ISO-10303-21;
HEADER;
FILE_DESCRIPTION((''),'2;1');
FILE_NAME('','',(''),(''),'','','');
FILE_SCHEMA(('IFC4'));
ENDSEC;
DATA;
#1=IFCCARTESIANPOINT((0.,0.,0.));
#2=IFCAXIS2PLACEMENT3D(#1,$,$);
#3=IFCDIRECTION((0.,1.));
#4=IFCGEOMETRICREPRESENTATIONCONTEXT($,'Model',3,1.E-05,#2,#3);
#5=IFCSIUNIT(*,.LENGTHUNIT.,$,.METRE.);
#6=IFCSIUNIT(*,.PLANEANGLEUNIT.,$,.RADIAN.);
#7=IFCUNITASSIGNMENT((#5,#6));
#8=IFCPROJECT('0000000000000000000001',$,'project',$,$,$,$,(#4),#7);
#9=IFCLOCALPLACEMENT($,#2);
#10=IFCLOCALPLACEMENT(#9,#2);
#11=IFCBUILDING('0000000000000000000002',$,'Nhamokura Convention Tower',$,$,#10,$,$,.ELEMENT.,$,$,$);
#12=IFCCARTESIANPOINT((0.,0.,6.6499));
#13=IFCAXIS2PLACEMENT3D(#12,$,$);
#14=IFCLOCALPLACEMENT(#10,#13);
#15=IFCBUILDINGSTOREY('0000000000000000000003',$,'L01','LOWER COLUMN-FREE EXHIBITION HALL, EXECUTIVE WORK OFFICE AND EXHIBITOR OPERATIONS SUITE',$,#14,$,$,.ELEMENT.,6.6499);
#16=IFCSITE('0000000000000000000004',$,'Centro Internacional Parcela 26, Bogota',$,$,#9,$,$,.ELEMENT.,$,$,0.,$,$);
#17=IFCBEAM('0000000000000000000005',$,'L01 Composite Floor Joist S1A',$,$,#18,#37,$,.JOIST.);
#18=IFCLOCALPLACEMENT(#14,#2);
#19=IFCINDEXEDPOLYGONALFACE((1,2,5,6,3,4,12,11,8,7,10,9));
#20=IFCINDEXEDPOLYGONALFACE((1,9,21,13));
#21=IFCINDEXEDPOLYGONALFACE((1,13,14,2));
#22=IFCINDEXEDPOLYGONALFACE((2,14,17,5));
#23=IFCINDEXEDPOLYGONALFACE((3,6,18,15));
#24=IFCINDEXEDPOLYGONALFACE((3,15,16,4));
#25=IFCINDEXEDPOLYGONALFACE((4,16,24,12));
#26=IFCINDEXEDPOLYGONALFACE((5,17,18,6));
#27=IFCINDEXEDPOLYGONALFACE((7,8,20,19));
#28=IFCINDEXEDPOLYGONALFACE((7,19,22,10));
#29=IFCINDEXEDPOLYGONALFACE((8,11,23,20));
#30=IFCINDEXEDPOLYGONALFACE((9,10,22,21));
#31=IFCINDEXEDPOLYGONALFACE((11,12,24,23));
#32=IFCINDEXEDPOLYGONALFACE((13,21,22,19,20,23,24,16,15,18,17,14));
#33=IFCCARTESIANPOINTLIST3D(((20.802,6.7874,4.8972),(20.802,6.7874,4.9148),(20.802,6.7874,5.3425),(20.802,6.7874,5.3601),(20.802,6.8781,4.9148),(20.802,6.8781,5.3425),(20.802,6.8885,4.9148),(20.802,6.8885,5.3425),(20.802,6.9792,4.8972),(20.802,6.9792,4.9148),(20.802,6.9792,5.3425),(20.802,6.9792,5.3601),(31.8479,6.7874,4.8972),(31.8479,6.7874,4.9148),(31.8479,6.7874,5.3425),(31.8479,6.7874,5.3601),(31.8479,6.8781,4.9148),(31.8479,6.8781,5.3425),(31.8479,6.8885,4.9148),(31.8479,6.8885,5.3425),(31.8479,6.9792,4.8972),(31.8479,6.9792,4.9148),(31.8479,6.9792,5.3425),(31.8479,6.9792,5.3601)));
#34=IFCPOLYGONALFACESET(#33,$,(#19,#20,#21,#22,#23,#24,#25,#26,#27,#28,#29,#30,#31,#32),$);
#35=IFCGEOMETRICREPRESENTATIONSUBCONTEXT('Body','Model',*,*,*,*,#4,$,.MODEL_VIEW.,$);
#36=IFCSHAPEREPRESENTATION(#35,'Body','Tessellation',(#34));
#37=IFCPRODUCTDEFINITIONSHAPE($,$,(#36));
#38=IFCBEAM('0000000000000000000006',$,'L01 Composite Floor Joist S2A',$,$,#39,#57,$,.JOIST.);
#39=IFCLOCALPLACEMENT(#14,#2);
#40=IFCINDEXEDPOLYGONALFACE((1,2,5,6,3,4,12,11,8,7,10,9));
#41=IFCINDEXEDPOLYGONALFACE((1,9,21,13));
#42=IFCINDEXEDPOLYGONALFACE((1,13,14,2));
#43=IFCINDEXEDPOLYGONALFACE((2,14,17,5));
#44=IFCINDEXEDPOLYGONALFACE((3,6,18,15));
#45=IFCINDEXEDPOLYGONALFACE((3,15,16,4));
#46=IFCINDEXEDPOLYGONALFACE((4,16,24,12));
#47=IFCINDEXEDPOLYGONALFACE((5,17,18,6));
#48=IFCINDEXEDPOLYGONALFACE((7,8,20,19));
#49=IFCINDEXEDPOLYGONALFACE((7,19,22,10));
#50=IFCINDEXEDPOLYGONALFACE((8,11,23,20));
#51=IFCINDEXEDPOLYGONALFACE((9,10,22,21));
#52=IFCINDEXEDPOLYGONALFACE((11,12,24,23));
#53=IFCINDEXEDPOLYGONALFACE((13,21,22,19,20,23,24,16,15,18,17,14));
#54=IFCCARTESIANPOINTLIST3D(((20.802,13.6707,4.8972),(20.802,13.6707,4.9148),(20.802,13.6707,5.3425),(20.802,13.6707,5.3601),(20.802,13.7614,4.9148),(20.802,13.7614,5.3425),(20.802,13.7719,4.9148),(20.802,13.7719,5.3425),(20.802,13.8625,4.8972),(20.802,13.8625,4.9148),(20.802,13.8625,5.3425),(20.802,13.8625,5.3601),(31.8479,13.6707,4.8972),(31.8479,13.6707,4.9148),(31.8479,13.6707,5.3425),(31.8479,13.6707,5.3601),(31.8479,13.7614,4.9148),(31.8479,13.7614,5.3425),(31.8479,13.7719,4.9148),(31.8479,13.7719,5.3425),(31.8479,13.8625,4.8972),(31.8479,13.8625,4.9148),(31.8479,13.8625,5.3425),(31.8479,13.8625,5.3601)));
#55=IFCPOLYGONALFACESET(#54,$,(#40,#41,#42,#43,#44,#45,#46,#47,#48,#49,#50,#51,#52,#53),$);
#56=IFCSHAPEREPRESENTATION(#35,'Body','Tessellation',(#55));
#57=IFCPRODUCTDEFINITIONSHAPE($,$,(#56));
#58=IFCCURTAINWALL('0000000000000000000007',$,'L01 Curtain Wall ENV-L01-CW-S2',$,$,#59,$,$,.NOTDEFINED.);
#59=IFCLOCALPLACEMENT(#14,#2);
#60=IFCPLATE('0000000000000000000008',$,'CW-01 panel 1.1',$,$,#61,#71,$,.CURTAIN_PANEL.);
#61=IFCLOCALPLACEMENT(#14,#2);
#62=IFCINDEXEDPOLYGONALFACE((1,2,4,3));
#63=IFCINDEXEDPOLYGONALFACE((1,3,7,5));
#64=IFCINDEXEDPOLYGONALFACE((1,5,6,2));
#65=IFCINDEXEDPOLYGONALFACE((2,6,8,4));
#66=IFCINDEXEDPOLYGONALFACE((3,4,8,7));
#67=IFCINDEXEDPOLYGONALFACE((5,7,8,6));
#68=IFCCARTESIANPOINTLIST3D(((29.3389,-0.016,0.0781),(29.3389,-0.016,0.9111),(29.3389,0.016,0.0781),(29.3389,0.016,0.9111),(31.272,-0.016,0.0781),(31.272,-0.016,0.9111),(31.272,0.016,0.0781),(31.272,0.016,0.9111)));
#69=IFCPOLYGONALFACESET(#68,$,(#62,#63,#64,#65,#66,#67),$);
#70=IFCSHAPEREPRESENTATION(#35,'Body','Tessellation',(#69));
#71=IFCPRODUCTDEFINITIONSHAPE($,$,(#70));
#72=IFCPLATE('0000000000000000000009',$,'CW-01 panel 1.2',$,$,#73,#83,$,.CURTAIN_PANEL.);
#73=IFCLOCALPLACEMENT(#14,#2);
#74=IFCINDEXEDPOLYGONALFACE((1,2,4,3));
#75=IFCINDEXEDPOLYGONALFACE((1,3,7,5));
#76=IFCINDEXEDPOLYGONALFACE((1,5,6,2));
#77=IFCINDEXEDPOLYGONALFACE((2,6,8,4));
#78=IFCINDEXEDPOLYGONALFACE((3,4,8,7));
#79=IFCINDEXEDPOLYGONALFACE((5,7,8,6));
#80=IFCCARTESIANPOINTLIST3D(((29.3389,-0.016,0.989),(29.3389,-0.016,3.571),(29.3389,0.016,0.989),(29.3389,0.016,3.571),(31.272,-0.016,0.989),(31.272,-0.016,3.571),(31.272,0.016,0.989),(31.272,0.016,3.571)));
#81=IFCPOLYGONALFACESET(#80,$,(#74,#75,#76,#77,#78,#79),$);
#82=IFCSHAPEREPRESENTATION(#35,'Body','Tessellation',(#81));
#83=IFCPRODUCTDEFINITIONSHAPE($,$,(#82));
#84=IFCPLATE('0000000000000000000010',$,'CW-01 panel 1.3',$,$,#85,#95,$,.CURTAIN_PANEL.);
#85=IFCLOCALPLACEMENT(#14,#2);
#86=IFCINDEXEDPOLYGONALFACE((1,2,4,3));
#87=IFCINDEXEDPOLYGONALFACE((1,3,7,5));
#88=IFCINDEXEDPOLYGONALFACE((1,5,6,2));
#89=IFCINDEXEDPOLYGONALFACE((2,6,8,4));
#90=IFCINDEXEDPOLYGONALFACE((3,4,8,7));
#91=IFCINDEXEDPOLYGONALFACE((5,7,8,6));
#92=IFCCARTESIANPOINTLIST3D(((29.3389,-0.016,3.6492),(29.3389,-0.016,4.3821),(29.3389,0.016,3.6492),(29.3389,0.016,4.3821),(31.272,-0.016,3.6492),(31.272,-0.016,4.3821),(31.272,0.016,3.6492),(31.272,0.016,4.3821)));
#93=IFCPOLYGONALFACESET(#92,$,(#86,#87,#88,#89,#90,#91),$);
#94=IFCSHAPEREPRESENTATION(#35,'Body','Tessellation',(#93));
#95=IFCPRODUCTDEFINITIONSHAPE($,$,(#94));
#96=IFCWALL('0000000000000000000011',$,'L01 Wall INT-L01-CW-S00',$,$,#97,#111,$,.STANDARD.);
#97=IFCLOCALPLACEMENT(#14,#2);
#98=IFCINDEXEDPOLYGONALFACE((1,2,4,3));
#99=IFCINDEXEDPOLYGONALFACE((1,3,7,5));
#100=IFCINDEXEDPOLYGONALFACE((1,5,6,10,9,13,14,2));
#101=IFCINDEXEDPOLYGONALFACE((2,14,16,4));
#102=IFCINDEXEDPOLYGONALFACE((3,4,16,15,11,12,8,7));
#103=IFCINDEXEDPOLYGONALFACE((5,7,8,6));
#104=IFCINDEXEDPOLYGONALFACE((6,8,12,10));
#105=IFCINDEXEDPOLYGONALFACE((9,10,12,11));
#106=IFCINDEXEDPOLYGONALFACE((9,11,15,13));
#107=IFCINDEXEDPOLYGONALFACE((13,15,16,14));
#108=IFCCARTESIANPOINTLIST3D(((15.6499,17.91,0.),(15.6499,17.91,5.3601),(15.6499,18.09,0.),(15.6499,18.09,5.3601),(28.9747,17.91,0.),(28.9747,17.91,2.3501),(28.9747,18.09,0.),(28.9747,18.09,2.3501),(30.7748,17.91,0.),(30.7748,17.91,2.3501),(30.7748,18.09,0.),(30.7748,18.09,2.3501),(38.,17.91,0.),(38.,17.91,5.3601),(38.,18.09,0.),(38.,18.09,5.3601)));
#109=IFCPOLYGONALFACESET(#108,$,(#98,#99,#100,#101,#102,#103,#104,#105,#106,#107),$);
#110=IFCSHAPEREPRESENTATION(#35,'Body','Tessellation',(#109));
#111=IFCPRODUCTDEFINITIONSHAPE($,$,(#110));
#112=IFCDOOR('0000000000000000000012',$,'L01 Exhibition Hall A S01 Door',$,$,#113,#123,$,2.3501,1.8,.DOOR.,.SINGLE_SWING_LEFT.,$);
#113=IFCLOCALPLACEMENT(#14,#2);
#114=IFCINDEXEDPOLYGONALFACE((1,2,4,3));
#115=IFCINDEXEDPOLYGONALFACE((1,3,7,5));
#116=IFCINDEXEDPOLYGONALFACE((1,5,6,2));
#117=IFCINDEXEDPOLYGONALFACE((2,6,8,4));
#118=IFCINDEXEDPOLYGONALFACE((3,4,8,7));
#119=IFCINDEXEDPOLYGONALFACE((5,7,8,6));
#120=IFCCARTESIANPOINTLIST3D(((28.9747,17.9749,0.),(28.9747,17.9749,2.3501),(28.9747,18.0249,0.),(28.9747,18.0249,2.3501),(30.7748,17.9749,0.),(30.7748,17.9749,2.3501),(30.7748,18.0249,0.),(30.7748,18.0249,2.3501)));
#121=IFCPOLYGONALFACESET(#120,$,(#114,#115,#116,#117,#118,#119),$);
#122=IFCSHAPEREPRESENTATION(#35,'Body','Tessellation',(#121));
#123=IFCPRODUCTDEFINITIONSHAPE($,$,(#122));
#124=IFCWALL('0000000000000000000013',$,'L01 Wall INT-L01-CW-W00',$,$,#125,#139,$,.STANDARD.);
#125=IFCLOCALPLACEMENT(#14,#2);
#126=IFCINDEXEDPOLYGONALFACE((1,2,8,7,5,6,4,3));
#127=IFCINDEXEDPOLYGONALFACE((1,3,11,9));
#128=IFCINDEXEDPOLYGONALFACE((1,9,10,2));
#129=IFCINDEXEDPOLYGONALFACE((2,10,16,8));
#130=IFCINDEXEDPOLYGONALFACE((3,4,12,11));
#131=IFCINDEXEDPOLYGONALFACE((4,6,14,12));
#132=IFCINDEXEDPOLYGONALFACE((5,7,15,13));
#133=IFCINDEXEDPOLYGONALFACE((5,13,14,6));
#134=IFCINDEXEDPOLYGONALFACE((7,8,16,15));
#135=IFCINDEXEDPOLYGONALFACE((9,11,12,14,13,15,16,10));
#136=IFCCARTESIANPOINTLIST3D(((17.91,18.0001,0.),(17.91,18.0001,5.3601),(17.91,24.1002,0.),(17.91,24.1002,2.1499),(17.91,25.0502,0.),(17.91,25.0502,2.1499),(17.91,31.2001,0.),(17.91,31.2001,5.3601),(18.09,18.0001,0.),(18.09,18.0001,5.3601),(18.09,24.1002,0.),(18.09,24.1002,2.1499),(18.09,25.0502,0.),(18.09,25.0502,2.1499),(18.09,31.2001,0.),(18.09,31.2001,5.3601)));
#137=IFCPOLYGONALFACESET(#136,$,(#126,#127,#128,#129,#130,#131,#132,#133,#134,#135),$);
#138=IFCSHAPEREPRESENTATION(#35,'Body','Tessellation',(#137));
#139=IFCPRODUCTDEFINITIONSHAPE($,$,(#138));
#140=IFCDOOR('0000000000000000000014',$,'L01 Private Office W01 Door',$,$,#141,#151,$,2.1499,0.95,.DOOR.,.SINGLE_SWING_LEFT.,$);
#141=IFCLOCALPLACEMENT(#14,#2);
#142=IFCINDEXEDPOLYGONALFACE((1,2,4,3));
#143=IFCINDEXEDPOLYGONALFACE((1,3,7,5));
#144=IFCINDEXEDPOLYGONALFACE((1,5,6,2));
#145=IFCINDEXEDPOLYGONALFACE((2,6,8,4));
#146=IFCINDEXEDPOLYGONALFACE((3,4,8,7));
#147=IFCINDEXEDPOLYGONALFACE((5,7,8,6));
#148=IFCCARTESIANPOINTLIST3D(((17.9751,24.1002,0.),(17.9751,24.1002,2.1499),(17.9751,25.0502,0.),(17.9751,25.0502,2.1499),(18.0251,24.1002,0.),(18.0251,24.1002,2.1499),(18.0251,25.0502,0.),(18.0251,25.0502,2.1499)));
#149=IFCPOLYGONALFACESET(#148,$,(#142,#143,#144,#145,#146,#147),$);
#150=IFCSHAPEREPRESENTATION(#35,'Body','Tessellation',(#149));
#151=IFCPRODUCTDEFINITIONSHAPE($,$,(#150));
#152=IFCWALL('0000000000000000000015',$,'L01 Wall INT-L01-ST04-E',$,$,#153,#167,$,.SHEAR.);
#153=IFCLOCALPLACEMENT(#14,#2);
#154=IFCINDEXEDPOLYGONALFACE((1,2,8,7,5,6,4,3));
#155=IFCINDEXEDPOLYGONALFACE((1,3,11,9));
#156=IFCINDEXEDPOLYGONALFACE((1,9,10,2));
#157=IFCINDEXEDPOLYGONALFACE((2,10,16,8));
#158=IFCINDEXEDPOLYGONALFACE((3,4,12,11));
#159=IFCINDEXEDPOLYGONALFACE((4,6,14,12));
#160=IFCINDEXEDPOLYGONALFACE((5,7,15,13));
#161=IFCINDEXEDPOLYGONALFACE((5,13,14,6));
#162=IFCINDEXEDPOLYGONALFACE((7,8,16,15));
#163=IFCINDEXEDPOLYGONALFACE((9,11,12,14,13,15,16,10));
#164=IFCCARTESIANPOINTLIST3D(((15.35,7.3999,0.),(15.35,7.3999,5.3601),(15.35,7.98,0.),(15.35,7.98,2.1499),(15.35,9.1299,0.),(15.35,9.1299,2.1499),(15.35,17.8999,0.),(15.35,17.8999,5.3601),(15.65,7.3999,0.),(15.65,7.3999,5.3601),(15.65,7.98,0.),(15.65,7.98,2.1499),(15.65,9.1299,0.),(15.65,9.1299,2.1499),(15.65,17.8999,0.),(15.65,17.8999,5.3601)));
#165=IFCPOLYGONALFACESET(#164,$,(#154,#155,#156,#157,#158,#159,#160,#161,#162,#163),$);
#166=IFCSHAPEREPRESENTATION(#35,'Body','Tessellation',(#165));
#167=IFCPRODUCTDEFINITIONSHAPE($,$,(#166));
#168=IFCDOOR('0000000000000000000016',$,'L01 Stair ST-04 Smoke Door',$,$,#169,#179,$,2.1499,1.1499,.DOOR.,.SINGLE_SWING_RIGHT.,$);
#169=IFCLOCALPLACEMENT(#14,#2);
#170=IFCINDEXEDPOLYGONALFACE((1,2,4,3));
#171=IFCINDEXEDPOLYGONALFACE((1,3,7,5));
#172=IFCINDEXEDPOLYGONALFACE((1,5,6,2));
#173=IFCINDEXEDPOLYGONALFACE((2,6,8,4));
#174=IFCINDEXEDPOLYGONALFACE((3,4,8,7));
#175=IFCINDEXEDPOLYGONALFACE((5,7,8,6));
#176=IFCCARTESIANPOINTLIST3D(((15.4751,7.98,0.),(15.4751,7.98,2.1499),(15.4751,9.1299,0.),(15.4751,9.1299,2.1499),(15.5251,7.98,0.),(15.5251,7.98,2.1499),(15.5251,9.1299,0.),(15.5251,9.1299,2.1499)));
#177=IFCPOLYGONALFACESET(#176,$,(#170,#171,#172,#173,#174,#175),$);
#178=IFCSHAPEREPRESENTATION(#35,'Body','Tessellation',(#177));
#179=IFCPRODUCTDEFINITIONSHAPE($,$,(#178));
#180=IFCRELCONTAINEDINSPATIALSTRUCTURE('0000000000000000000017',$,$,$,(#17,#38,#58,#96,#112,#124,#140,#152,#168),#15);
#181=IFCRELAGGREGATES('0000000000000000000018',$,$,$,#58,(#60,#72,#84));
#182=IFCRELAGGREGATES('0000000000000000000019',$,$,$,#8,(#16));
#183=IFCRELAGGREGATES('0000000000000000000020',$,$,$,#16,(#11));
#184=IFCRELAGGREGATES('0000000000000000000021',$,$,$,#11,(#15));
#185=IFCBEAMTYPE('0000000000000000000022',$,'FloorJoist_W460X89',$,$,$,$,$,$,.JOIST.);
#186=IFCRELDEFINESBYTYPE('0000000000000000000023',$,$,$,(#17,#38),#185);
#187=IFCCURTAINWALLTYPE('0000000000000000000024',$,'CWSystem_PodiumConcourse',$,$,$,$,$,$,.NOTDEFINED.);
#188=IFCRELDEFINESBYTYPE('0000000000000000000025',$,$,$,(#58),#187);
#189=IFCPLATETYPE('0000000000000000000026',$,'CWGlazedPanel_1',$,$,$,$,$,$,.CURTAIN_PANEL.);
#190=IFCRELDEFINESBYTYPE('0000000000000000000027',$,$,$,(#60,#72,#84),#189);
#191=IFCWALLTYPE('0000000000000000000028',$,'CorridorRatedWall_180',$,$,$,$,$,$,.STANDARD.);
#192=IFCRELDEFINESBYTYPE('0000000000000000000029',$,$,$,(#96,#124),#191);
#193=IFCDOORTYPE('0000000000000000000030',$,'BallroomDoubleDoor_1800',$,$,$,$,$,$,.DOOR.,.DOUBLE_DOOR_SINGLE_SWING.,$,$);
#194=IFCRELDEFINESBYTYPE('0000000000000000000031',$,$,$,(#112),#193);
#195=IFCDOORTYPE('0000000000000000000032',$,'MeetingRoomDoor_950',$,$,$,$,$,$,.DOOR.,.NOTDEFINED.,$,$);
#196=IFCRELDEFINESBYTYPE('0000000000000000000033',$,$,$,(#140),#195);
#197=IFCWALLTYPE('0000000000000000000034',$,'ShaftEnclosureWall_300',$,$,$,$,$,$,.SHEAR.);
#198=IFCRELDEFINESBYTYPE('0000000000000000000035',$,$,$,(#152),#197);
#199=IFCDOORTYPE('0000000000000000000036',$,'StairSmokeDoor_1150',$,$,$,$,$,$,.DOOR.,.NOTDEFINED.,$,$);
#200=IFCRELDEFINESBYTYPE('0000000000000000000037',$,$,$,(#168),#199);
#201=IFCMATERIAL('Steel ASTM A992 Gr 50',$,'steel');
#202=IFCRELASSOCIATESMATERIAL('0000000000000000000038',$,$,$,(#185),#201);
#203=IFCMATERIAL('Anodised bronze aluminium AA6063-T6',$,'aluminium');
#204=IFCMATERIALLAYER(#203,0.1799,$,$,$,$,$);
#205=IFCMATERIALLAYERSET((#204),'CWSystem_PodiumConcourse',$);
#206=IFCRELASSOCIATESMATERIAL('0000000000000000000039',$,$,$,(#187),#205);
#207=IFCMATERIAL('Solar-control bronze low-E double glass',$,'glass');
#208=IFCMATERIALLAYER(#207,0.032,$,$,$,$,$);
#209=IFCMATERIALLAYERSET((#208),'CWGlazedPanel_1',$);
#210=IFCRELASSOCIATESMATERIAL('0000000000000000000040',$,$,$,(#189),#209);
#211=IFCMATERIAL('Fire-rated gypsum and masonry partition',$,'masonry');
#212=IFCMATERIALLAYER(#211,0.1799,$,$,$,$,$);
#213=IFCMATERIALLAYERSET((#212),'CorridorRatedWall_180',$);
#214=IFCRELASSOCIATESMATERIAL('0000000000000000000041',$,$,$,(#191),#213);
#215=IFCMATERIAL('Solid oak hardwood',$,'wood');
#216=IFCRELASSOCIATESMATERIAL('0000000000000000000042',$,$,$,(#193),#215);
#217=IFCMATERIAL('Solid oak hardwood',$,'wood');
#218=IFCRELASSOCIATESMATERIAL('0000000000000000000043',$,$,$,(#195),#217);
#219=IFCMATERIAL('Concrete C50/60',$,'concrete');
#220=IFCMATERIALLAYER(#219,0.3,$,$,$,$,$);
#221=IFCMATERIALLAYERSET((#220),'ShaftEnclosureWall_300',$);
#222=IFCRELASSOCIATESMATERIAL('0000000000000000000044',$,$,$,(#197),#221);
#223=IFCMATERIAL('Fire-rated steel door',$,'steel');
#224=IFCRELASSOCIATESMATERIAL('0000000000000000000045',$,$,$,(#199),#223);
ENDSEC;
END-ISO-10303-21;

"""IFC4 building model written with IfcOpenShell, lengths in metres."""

from ifc_helpers import new_model, si_unit, direction, frame, frame_2d, origin, origin_2d, place, context, subcontext, project, spatial, rectangle, i_section, extrude, material, layer, layer_set, material_profile, profile_set, type_object, element, fill, aggregate, save


model = new_model("IFC4")

# Units and contexts
model_context = context("Model", 3, precision=1e-05, world=origin(), true_north=direction((0.0, 1.0)))
body_context = subcontext(model_context, "Body", "Model", "MODEL_VIEW")
ifc_project = project(units=[si_unit("LENGTHUNIT", "METRE"), si_unit("PLANEANGLEUNIT", "RADIAN")], contexts=[model_context])

# Site, building, storey
site_placement = place(None, origin())
site = spatial("IfcSite", under=ifc_project, at=site_placement, Name="Centro Internacional Parcela 26, Bogota", CompositionType="ELEMENT", RefElevation=0.0)
building_placement = place(site_placement, origin())
building = spatial("IfcBuilding", under=site, at=building_placement, Name="Nhamokura Convention Tower", CompositionType="ELEMENT")
storey_placement = place(building_placement, frame((0.0, 0.0, 6.6499)))
storey = spatial("IfcBuildingStorey", under=building, at=storey_placement, Name="L01", Description="LOWER COLUMN-FREE EXHIBITION HALL, EXECUTIVE WORK OFFICE AND EXHIBITOR OPERATIONS SUITE", CompositionType="ELEMENT", Elevation=6.6499)

# Beams
ifc_material_1 = material(Name="Steel ASTM A992 Gr 50", Category="steel")
ifc_material_profile = material_profile(ifc_material_1, i_section(OverallWidth=0.1919, OverallDepth=0.4629, WebThickness=0.0105, FlangeThickness=0.0176, at=origin_2d()))
ifc_profile_set = profile_set([ifc_material_profile], Name="Steel ASTM A992 Gr 50")
beam_type = type_object("IfcBeamType", Name="FloorJoist_W460X89", PredefinedType="JOIST", material=ifc_profile_set)
for number, where, z_axis, x_axis, name in (
    (1, (20.802, 6.8833, 5.1287), (1.0, 0.0, 0.0), (0.0, 1.0, 0.0), "L01 Composite Floor Joist S1A"),
    (2, (20.802, 13.7666, 5.1287), (1.0, 0.0, 0.0), (0.0, 1.0, 0.0), "L01 Composite Floor Joist S2A"),
):
    element("IfcBeam", number, at=place(storey_placement, frame(where, z_axis=z_axis, x_axis=x_axis)), inside=storey, type_object=beam_type, Name=name, PredefinedType="JOIST", context=body_context, shape_type="SweptSolid", body=[
        extrude(i_section(OverallWidth=0.1919, OverallDepth=0.4629, WebThickness=0.0105, FlangeThickness=0.0176, at=origin_2d()), origin(), (0.0, 0.0, 1.0), 11.0459),
    ])

# Curtain wall, plates
ifc_material_2 = material(Name="Anodised bronze aluminium AA6063-T6", Category="aluminium")
ifc_layer_1 = layer(ifc_material_2, 0.1799)
ifc_layer_set_1 = layer_set([ifc_layer_1], Name="CWSystem_PodiumConcourse")
curtain_wall_type = type_object("IfcCurtainWallType", Name="CWSystem_PodiumConcourse", PredefinedType="NOTDEFINED", material=ifc_layer_set_1)
curtain_wall_placement = place(storey_placement, origin())
curtain_wall = element("IfcCurtainWall", 3, at=curtain_wall_placement, inside=storey, type_object=curtain_wall_type, Name="L01 Curtain Wall ENV-L01-CW-S2", PredefinedType="NOTDEFINED")
ifc_material_3 = material(Name="Solar-control bronze low-E double glass", Category="glass")
ifc_layer_2 = layer(ifc_material_3, 0.032)
ifc_layer_set_2 = layer_set([ifc_layer_2], Name="CWGlazedPanel_1")
plate_type = type_object("IfcPlateType", Name="CWGlazedPanel_1", PredefinedType="CURTAIN_PANEL", material=ifc_layer_set_2)
plate_1_placement = place(storey_placement, frame((30.3054, 0.0, 0.0781), z_axis=(0.0, 0.0, 1.0), x_axis=(-1.0, 0.0, 0.0)))
plate_1 = element("IfcPlate", 4, at=plate_1_placement, type_object=plate_type, Name="CW-01 panel 1.1", PredefinedType="CURTAIN_PANEL", context=body_context, shape_type="SweptSolid", body=[
    extrude(rectangle(XDim=1.9331, YDim=0.032, at=origin_2d()), origin(), (0.0, 0.0, 1.0), 0.833),
])
plate_2_placement = place(storey_placement, frame((30.3054, 0.0, 0.989), z_axis=(0.0, 0.0, 1.0), x_axis=(-1.0, 0.0, 0.0)))
plate_2 = element("IfcPlate", 5, at=plate_2_placement, type_object=plate_type, Name="CW-01 panel 1.2", PredefinedType="CURTAIN_PANEL", context=body_context, shape_type="SweptSolid", body=[
    extrude(rectangle(XDim=1.9331, YDim=0.032, at=origin_2d()), origin(), (0.0, 0.0, 1.0), 2.582),
])
plate_3_placement = place(storey_placement, frame((30.3054, 0.0, 3.6492), z_axis=(0.0, 0.0, 1.0), x_axis=(-1.0, 0.0, 0.0)))
plate_3 = element("IfcPlate", 6, at=plate_3_placement, type_object=plate_type, Name="CW-01 panel 1.3", PredefinedType="CURTAIN_PANEL", context=body_context, shape_type="SweptSolid", body=[
    extrude(rectangle(XDim=1.9331, YDim=0.032, at=origin_2d()), origin(), (0.0, 0.0, 1.0), 0.7329),
])
aggregate(curtain_wall, [plate_1, plate_2, plate_3])

# Walls, openings, doors
ifc_material_4 = material(Name="Fire-rated gypsum and masonry partition", Category="masonry")
ifc_layer_3 = layer(ifc_material_4, 0.1799)
ifc_layer_set_3 = layer_set([ifc_layer_3], Name="CorridorRatedWall_180")
wall_type_1 = type_object("IfcWallType", Name="CorridorRatedWall_180", PredefinedType="STANDARD", material=ifc_layer_set_3)
wall_1_placement = place(storey_placement, frame((15.6499, 18.0, 0.0), z_axis=(0.0, 0.0, 1.0), x_axis=(1.0, 0.0, 0.0)))
wall_1 = element("IfcWall", 7, at=wall_1_placement, inside=storey, type_object=wall_type_1, Name="L01 Wall INT-L01-CW-S00", PredefinedType="STANDARD", context=body_context, shape_type="SweptSolid", body=[
    extrude(rectangle(XDim=22.3501, YDim=0.1799, at=frame_2d((11.175, 0.0))), origin(), (0.0, 0.0, 1.0), 5.3601),
])
opening_1_placement = place(wall_1_placement, frame((13.325, 0.0, 0.0)))
opening_1 = element("IfcOpeningElement", 8, at=opening_1_placement, cuts=wall_1, PredefinedType="OPENING", context=body_context, shape_type="SweptSolid", body=[
    extrude(rectangle(XDim=1.8, YDim=2.3501, at=frame_2d((0.8999, 1.175))), frame((0.0, 0.0999, 0.0), z_axis=(0.0, -1.0, 0.0), x_axis=(1.0, 0.0, 0.0)), (0.0, 0.0, 1.0), 0.2),
])
ifc_material_5 = material(Name="Solid oak hardwood", Category="wood")
door_type_1 = type_object("IfcDoorType", Name="BallroomDoubleDoor_1800", OperationType="DOUBLE_DOOR_SINGLE_SWING", PredefinedType="DOOR", material=ifc_material_5)
door_1_placement = place(opening_1_placement, origin())
door_1 = element("IfcDoor", 9, at=door_1_placement, inside=storey, type_object=door_type_1, Name="L01 Exhibition Hall A S01 Door", OperationType="SINGLE_SWING_LEFT", OverallHeight=2.3501, OverallWidth=1.8, PredefinedType="DOOR", context=body_context, shape_type="SweptSolid", body=[
    extrude(rectangle(XDim=1.8, YDim=2.3501, at=frame_2d((0.8999, 1.175))), frame((0.0, 0.0249, 0.0), z_axis=(0.0, -1.0, 0.0), x_axis=(1.0, 0.0, 0.0)), (0.0, 0.0, 1.0), 0.05),
])
fill(opening_1, door_1)
wall_2_placement = place(storey_placement, frame((18.0, 18.0, 0.0), z_axis=(0.0, 0.0, 1.0), x_axis=(0.0, 1.0, 0.0)))
wall_2 = element("IfcWall", 10, at=wall_2_placement, inside=storey, type_object=wall_type_1, Name="L01 Wall INT-L01-CW-W00", PredefinedType="STANDARD", context=body_context, shape_type="SweptSolid", body=[
    extrude(rectangle(XDim=13.2, YDim=0.1799, at=frame_2d((6.6001, 0.0))), origin(), (0.0, 0.0, 1.0), 5.3601),
])
opening_2_placement = place(wall_2_placement, frame((6.1001, 0.0, 0.0)))
opening_2 = element("IfcOpeningElement", 11, at=opening_2_placement, cuts=wall_2, PredefinedType="OPENING", context=body_context, shape_type="SweptSolid", body=[
    extrude(rectangle(XDim=0.95, YDim=2.1499, at=frame_2d((0.4751, 1.075))), frame((0.0, 0.0999, 0.0), z_axis=(0.0, -1.0, 0.0), x_axis=(1.0, 0.0, 0.0)), (0.0, 0.0, 1.0), 0.2),
])
ifc_material_6 = material(Name="Solid oak hardwood", Category="wood")
door_type_2 = type_object("IfcDoorType", Name="MeetingRoomDoor_950", OperationType="NOTDEFINED", PredefinedType="DOOR", material=ifc_material_6)
door_2_placement = place(opening_2_placement, origin())
door_2 = element("IfcDoor", 12, at=door_2_placement, inside=storey, type_object=door_type_2, Name="L01 Private Office W01 Door", OperationType="SINGLE_SWING_LEFT", OverallHeight=2.1499, OverallWidth=0.95, PredefinedType="DOOR", context=body_context, shape_type="SweptSolid", body=[
    extrude(rectangle(XDim=0.95, YDim=2.1499, at=frame_2d((0.4751, 1.075))), frame((0.0, 0.0249, 0.0), z_axis=(0.0, -1.0, 0.0), x_axis=(1.0, 0.0, 0.0)), (0.0, 0.0, 1.0), 0.05),
])
fill(opening_2, door_2)
ifc_material_7 = material(Name="Concrete C50/60", Category="concrete")
ifc_layer_4 = layer(ifc_material_7, 0.3)
ifc_layer_set_4 = layer_set([ifc_layer_4], Name="ShaftEnclosureWall_300")
wall_type_2 = type_object("IfcWallType", Name="ShaftEnclosureWall_300", PredefinedType="SHEAR", material=ifc_layer_set_4)
wall_3_placement = place(storey_placement, frame((15.5, 7.3999, 0.0), z_axis=(0.0, 0.0, 1.0), x_axis=(0.0, 1.0, 0.0)))
wall_3 = element("IfcWall", 13, at=wall_3_placement, inside=storey, type_object=wall_type_2, Name="L01 Wall INT-L01-ST04-E", PredefinedType="SHEAR", context=body_context, shape_type="SweptSolid", body=[
    extrude(rectangle(XDim=10.5, YDim=0.3, at=frame_2d((5.25, 0.0))), origin(), (0.0, 0.0, 1.0), 5.3601),
])
opening_3_placement = place(wall_3_placement, frame((0.5801, 0.0, 0.0)))
opening_3 = element("IfcOpeningElement", 14, at=opening_3_placement, cuts=wall_3, PredefinedType="OPENING", context=body_context, shape_type="SweptSolid", body=[
    extrude(rectangle(XDim=1.1499, YDim=2.1499, at=frame_2d((0.575, 1.075))), frame((0.0, 0.1599, 0.0), z_axis=(0.0, -1.0, 0.0), x_axis=(1.0, 0.0, 0.0)), (0.0, 0.0, 1.0), 0.3201),
])
ifc_material_8 = material(Name="Fire-rated steel door", Category="steel")
door_type_3 = type_object("IfcDoorType", Name="StairSmokeDoor_1150", OperationType="NOTDEFINED", PredefinedType="DOOR", material=ifc_material_8)
door_3_placement = place(opening_3_placement, origin())
door_3 = element("IfcDoor", 15, at=door_3_placement, inside=storey, type_object=door_type_3, Name="L01 Stair ST-04 Smoke Door", OperationType="SINGLE_SWING_RIGHT", OverallHeight=2.1499, OverallWidth=1.1499, PredefinedType="DOOR", context=body_context, shape_type="SweptSolid", body=[
    extrude(rectangle(XDim=1.1499, YDim=2.1499, at=frame_2d((0.575, 1.075))), frame((0.0, 0.0249, 0.0), z_axis=(0.0, -1.0, 0.0), x_axis=(1.0, 0.0, 0.0)), (0.0, 0.0, 1.0), 0.05),
])
fill(opening_3, door_3)

save(model, "model.ifc")
